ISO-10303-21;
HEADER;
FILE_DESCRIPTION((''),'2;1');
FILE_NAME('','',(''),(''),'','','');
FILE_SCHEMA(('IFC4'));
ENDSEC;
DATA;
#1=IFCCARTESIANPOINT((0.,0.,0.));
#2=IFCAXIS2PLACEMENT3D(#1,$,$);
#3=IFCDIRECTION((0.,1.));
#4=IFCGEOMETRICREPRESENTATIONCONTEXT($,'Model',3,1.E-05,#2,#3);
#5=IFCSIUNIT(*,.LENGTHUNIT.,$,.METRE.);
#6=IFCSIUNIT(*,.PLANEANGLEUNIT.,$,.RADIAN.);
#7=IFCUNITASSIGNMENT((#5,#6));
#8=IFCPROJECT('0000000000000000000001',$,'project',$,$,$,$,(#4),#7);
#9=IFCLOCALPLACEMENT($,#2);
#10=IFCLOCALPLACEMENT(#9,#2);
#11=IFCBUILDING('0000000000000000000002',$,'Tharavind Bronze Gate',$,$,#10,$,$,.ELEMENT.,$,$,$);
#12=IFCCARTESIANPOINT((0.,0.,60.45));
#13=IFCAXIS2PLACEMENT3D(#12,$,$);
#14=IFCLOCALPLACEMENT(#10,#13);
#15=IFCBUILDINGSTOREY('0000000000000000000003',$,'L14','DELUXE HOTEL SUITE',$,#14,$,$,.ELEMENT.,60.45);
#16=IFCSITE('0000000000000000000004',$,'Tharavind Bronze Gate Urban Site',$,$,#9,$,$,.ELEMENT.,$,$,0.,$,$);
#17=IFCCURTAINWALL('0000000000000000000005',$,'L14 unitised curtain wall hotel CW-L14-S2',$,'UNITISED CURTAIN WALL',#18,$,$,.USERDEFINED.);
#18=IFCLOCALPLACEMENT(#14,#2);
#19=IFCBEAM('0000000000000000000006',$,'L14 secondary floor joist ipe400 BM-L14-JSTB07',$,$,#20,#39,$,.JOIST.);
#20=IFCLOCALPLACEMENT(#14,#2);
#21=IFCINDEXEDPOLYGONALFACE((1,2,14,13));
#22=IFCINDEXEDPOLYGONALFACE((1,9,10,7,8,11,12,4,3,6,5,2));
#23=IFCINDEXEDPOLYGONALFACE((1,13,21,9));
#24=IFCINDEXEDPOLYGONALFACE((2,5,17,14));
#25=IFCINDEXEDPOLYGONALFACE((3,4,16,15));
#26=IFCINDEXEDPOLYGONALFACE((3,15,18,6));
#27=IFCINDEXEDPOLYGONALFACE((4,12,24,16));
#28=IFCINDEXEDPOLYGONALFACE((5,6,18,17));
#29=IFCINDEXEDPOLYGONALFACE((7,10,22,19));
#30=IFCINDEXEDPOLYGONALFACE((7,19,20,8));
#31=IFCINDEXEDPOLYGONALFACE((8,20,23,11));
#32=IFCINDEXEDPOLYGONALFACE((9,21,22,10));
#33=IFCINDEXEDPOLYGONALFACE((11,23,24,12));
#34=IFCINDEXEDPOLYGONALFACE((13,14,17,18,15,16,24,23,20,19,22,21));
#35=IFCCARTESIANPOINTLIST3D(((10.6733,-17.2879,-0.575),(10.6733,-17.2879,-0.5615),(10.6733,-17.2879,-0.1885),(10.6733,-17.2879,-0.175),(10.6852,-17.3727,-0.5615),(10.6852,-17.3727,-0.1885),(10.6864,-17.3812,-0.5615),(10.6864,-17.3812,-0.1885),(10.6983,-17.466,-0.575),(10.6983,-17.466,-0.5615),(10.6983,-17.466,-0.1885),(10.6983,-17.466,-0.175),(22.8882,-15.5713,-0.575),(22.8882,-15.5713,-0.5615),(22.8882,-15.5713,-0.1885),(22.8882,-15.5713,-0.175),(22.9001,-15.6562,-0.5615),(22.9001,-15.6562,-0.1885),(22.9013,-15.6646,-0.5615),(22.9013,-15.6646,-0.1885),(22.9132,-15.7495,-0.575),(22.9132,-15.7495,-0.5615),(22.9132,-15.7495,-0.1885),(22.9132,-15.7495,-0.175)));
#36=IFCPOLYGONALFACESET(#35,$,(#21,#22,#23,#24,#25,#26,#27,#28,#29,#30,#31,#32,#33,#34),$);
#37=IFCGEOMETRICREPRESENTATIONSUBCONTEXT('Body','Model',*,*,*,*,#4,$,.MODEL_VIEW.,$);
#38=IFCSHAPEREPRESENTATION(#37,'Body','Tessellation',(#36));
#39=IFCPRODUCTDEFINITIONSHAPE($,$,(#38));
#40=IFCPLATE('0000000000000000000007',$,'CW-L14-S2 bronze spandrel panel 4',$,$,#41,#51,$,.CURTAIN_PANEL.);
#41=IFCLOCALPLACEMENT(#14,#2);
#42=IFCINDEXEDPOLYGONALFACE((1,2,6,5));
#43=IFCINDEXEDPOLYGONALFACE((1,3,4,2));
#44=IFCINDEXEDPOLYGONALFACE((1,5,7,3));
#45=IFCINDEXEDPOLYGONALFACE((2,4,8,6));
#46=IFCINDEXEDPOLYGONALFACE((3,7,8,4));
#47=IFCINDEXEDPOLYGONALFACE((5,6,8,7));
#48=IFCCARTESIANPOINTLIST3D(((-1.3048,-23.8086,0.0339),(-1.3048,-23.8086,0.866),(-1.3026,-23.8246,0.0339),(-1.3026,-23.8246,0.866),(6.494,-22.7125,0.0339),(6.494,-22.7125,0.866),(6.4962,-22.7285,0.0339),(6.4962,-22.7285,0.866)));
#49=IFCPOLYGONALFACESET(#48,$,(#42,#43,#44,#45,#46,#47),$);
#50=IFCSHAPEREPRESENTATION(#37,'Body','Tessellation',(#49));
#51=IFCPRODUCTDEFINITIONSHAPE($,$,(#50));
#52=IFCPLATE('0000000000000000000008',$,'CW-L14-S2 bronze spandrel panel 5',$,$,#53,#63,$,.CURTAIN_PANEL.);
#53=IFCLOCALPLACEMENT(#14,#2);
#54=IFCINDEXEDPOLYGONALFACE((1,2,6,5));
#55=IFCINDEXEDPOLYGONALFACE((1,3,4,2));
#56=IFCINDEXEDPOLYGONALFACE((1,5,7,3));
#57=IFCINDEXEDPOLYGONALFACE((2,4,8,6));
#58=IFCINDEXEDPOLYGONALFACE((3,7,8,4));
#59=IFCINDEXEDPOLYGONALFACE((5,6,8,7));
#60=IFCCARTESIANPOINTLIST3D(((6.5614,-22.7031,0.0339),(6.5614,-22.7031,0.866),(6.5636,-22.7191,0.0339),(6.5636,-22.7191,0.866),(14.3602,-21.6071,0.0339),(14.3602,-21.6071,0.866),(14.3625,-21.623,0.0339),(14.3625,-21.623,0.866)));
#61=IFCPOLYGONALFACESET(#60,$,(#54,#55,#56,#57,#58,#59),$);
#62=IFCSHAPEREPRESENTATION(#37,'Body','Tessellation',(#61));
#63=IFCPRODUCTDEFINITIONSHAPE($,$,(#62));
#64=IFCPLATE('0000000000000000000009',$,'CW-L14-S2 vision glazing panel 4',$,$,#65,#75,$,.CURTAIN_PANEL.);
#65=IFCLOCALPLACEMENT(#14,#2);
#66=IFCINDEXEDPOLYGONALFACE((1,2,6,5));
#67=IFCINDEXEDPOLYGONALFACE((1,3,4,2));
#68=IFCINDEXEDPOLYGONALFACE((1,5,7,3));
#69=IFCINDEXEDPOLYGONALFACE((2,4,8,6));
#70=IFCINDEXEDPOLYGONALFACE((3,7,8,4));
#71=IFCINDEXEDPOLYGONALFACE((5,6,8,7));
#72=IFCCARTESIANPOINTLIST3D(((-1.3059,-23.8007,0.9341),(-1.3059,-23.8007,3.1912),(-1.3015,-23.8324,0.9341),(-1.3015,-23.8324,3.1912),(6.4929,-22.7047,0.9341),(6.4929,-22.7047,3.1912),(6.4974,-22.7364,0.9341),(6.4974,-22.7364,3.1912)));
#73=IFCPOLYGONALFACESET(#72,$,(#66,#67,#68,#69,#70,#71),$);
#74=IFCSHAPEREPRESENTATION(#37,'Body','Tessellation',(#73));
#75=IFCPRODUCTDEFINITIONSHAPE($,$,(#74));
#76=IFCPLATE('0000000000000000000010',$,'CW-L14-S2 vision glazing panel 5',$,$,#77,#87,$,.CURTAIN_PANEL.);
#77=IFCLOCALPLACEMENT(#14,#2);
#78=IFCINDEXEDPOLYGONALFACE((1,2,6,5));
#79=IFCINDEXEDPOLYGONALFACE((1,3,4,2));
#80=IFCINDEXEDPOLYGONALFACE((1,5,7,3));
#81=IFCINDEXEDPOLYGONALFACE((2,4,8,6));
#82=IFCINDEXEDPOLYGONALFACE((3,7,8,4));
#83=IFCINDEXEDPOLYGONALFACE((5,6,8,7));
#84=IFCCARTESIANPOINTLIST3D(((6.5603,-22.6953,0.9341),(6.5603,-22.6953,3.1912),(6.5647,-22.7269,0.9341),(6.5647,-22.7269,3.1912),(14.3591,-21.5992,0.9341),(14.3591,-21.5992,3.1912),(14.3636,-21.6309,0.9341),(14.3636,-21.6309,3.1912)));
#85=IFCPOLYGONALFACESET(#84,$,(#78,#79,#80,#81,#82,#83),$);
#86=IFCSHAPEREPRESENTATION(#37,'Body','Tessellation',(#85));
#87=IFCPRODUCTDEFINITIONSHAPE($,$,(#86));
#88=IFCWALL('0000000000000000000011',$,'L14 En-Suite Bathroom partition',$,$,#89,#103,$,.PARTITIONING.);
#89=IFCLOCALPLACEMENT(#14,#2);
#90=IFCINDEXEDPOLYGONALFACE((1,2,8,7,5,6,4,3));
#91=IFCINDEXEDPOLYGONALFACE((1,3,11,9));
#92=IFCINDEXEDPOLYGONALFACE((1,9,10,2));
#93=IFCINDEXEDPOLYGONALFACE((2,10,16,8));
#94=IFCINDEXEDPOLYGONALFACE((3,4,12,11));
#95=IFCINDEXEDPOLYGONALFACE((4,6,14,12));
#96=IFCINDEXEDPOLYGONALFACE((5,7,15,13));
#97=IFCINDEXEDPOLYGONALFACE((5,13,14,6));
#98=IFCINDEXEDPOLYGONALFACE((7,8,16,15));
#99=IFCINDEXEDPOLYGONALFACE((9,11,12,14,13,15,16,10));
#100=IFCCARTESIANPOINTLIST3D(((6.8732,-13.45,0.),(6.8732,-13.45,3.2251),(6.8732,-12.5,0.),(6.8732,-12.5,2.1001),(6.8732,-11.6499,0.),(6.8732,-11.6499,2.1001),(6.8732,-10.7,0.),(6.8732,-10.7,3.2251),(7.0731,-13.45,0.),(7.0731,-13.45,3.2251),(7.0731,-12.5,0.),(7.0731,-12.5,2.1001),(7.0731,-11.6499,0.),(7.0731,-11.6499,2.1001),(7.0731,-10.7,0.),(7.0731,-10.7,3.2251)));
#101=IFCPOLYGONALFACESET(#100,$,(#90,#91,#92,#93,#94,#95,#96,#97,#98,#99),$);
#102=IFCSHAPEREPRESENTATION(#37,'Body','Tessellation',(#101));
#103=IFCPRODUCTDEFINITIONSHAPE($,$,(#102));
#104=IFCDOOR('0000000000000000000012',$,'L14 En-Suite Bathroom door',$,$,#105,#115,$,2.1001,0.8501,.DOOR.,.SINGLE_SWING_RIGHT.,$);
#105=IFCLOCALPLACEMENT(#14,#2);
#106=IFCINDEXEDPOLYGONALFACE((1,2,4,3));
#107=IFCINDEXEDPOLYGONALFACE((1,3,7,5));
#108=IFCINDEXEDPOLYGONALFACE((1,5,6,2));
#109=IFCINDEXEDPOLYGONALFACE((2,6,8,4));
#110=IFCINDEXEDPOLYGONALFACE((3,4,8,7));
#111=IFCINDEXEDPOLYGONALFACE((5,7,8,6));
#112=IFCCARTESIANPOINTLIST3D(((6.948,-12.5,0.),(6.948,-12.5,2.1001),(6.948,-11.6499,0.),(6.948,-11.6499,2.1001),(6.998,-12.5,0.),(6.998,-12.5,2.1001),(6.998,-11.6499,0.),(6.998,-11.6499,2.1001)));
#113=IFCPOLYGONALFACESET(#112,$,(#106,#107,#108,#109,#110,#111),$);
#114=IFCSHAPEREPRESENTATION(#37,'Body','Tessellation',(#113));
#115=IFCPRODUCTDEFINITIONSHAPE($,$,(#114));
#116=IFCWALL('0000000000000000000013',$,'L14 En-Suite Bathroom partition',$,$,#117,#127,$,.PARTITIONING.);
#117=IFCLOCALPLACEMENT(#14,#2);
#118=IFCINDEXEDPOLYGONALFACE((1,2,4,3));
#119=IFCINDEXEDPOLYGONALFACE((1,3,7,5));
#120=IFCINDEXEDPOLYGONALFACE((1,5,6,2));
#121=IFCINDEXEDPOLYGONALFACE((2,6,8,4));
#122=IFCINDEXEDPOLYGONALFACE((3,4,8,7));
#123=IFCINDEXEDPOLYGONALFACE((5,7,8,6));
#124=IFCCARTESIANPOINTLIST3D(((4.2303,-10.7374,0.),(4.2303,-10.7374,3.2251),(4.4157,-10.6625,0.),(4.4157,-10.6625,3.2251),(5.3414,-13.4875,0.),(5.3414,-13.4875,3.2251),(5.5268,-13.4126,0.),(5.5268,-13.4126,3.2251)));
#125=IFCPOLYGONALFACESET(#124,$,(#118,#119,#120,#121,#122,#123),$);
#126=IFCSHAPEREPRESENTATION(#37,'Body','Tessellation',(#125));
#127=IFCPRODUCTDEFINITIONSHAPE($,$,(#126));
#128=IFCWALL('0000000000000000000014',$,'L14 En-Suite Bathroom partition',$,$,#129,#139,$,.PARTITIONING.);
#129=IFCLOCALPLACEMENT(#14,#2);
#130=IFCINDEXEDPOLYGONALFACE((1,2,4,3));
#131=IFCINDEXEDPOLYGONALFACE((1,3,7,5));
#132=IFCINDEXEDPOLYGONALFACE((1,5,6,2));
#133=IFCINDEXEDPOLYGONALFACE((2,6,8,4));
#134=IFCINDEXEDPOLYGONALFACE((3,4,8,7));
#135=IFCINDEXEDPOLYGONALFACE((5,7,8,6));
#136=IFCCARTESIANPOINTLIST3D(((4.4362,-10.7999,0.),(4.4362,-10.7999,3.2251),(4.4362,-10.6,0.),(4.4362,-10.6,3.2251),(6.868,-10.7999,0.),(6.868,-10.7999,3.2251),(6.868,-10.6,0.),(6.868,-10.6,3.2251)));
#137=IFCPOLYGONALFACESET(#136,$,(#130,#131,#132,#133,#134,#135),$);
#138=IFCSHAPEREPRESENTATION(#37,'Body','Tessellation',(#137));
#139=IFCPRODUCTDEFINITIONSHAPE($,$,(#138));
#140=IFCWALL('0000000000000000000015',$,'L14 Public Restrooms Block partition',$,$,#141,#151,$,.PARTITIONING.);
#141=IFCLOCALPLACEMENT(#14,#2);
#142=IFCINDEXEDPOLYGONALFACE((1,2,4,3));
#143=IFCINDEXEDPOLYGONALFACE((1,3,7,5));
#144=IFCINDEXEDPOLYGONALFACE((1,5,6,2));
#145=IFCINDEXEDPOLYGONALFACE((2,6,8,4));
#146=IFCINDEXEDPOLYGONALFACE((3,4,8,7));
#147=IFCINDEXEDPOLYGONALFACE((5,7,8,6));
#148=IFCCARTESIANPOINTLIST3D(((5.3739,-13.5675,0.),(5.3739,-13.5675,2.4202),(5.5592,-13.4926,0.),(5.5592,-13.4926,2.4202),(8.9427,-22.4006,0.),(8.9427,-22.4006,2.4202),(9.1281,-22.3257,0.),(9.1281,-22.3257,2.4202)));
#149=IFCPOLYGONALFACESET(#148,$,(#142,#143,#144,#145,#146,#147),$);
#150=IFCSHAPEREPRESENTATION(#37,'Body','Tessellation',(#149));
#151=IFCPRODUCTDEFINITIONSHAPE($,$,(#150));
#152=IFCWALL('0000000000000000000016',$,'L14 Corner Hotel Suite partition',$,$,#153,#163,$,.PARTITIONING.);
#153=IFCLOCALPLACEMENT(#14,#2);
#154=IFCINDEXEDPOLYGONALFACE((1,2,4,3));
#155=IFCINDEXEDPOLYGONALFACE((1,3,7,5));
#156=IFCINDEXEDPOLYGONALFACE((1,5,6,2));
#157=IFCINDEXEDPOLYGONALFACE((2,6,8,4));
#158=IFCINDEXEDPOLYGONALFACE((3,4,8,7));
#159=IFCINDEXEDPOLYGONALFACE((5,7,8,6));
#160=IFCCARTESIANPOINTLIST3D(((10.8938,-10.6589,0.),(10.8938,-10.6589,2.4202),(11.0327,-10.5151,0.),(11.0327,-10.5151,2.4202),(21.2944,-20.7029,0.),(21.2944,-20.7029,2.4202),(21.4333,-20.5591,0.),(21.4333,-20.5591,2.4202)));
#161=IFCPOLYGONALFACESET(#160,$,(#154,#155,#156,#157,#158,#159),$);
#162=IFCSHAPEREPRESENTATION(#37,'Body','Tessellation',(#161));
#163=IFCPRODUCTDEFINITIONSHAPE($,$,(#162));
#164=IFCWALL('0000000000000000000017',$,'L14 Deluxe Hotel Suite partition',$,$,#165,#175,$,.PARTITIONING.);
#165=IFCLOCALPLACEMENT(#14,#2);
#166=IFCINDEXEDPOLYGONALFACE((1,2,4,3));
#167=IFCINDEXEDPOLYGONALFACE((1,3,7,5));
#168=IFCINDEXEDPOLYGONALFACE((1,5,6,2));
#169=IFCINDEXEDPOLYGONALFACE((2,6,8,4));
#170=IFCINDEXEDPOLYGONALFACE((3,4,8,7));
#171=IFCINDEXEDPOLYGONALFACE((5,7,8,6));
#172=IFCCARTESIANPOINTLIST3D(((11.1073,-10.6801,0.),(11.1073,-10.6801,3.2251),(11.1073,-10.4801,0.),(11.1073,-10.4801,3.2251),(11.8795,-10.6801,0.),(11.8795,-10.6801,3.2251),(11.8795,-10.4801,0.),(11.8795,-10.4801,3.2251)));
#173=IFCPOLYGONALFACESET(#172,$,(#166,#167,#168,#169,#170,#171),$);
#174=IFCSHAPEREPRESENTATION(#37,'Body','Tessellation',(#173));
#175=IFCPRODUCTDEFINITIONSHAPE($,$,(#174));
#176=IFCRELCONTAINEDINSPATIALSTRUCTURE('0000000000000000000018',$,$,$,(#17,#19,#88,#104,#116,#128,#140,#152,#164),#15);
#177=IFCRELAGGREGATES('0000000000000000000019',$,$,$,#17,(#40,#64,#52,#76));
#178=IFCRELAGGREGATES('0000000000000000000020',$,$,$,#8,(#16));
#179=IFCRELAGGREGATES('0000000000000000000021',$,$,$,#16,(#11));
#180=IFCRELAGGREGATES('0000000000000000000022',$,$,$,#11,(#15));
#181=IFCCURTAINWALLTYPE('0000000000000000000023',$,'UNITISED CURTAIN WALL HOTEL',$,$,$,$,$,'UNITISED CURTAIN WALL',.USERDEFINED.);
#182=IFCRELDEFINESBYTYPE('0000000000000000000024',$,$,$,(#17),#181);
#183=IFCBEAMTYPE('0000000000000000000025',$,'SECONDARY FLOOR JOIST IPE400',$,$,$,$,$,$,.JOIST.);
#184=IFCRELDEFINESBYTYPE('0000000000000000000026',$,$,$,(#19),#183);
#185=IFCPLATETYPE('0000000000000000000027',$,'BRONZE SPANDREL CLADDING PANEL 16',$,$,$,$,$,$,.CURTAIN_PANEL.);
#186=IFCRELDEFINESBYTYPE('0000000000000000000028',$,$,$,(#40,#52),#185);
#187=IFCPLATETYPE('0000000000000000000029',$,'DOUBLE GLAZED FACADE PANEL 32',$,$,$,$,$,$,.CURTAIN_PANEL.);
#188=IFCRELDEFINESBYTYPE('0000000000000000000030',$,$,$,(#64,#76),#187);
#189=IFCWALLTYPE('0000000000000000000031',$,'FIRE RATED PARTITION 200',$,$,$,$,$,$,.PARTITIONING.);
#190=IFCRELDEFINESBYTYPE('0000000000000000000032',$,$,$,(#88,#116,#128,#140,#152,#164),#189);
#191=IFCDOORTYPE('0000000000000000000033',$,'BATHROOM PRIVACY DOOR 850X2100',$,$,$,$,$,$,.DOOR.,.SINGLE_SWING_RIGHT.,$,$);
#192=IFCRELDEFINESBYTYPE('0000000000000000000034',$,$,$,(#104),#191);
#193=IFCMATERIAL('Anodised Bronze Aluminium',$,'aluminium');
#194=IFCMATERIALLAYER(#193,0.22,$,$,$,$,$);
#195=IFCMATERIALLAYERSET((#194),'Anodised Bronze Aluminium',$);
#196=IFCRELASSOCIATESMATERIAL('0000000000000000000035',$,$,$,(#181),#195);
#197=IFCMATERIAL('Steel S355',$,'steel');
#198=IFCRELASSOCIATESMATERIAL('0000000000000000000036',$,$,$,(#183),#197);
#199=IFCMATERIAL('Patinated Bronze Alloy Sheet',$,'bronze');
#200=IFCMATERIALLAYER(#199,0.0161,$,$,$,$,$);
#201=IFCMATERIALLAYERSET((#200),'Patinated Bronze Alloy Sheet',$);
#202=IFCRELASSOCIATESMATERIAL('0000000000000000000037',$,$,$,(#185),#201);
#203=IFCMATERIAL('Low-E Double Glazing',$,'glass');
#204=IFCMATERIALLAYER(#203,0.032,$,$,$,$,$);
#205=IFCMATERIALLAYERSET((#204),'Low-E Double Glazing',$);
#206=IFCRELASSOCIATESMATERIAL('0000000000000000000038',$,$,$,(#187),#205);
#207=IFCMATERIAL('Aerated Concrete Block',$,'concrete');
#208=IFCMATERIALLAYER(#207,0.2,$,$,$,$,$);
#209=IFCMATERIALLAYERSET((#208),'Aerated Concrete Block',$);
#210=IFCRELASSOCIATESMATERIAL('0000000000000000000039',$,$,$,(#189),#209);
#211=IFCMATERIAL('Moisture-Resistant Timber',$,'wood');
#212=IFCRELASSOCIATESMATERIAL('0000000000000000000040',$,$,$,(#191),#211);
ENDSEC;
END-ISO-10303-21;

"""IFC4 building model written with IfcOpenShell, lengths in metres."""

from ifc_helpers import new_model, si_unit, direction, frame, frame_2d, origin, origin_2d, place, context, subcontext, project, spatial, rectangle, i_section, extrude, material, layer, layer_set, material_profile, profile_set, type_object, element, fill, aggregate, save


model = new_model("IFC4")

# Units and contexts
model_context = context("Model", 3, precision=1e-05, world=origin(), true_north=direction((0.0, 1.0)))
body_context = subcontext(model_context, "Body", "Model", "MODEL_VIEW")
ifc_project = project(units=[si_unit("LENGTHUNIT", "METRE"), si_unit("PLANEANGLEUNIT", "RADIAN")], contexts=[model_context])

# Site, building, storey
site_placement = place(None, origin())
site = spatial("IfcSite", under=ifc_project, at=site_placement, Name="Tharavind Bronze Gate Urban Site", CompositionType="ELEMENT", RefElevation=0.0)
building_placement = place(site_placement, origin())
building = spatial("IfcBuilding", under=site, at=building_placement, Name="Tharavind Bronze Gate", CompositionType="ELEMENT")
storey_placement = place(building_placement, frame((0.0, 0.0, 60.45)))
storey = spatial("IfcBuildingStorey", under=building, at=storey_placement, Name="L14", Description="DELUXE HOTEL SUITE", CompositionType="ELEMENT", Elevation=60.45)

# Curtain wall
ifc_material_1 = material(Name="Anodised Bronze Aluminium", Category="aluminium")
ifc_layer_1 = layer(ifc_material_1, 0.22)
ifc_layer_set_1 = layer_set([ifc_layer_1], Name="Anodised Bronze Aluminium")
curtain_wall_type = type_object("IfcCurtainWallType", Name="UNITISED CURTAIN WALL HOTEL", ElementType="UNITISED CURTAIN WALL", PredefinedType="USERDEFINED", material=ifc_layer_set_1)
curtain_wall_placement = place(storey_placement, origin())
curtain_wall = element("IfcCurtainWall", 1, at=curtain_wall_placement, inside=storey, type_object=curtain_wall_type, Name="L14 unitised curtain wall hotel CW-L14-S2", ObjectType="UNITISED CURTAIN WALL", PredefinedType="USERDEFINED")

# Beam
ifc_material_2 = material(Name="Steel S355", Category="steel")
ifc_material_profile_1 = material_profile(ifc_material_2, i_section(OverallWidth=0.1799, OverallDepth=0.3999, WebThickness=0.0085, FlangeThickness=0.0134, at=origin_2d()), Name="IPE400")
ifc_profile_set_1 = profile_set([ifc_material_profile_1], Name="Steel S355")
beam_type_1 = type_object("IfcBeamType", Name="SECONDARY FLOOR JOIST IPE400", PredefinedType="JOIST", material=ifc_profile_set_1)
beam_1_placement = place(storey_placement, frame((10.6858, -17.377, -0.375), z_axis=(0.99027, 0.139163, 0.0), x_axis=(-0.139163, 0.99027, 0.0)))
element("IfcBeam", 2, at=beam_1_placement, inside=storey, type_object=beam_type_1, Name="L14 secondary floor joist ipe400 BM-L14-JSTB07", PredefinedType="JOIST", context=body_context, shape_type="SweptSolid", body=[
    extrude(i_section(OverallWidth=0.1799, OverallDepth=0.3999, WebThickness=0.0085, FlangeThickness=0.0134, at=origin_2d()), origin(), (0.0, 0.0, 1.0), 12.335),
])

# Plates
ifc_material_3 = material(Name="Patinated Bronze Alloy Sheet", Category="bronze")
ifc_layer_2 = layer(ifc_material_3, 0.0161)
ifc_layer_set_2 = layer_set([ifc_layer_2], Name="Patinated Bronze Alloy Sheet")
plate_type_1 = type_object("IfcPlateType", Name="BRONZE SPANDREL CLADDING PANEL 16", PredefinedType="CURTAIN_PANEL", material=ifc_layer_set_2)
plate_1_placement = place(storey_placement, frame((2.5957, -23.2686, 0.0339), z_axis=(0.0, 0.0, 1.0), x_axis=(0.990268, 0.139173, 0.0)))
plate_1 = element("IfcPlate", 3, at=plate_1_placement, type_object=plate_type_1, Name="CW-L14-S2 bronze spandrel panel 4", PredefinedType="CURTAIN_PANEL", context=body_context, shape_type="SweptSolid", body=[
    extrude(rectangle(XDim=7.8755, YDim=0.0161, at=origin_2d()), origin(), (0.0, 0.0, 1.0), 0.832),
])
plate_2_placement = place(storey_placement, frame((10.4619, -22.1631, 0.0339), z_axis=(0.0, 0.0, 1.0), x_axis=(0.990268, 0.139173, 0.0)))
plate_2 = element("IfcPlate", 4, at=plate_2_placement, type_object=plate_type_1, Name="CW-L14-S2 bronze spandrel panel 5", PredefinedType="CURTAIN_PANEL", context=body_context, shape_type="SweptSolid", body=[
    extrude(rectangle(XDim=7.8755, YDim=0.0161, at=origin_2d()), origin(), (0.0, 0.0, 1.0), 0.832),
])
ifc_material_4 = material(Name="Low-E Double Glazing", Category="glass")
ifc_layer_3 = layer(ifc_material_4, 0.032)
ifc_layer_set_3 = layer_set([ifc_layer_3], Name="Low-E Double Glazing")
plate_type_2 = type_object("IfcPlateType", Name="DOUBLE GLAZED FACADE PANEL 32", PredefinedType="CURTAIN_PANEL", material=ifc_layer_set_3)
plate_3_placement = place(storey_placement, frame((2.5957, -23.2686, 0.9341), z_axis=(0.0, 0.0, 1.0), x_axis=(0.990268, 0.139173, 0.0)))
plate_3 = element("IfcPlate", 5, at=plate_3_placement, type_object=plate_type_2, Name="CW-L14-S2 vision glazing panel 4", PredefinedType="CURTAIN_PANEL", context=body_context, shape_type="SweptSolid", body=[
    extrude(rectangle(XDim=7.8755, YDim=0.032, at=origin_2d()), origin(), (0.0, 0.0, 1.0), 2.2571),
])
plate_4_placement = place(storey_placement, frame((10.4619, -22.1631, 0.9341), z_axis=(0.0, 0.0, 1.0), x_axis=(0.990268, 0.139173, 0.0)))
plate_4 = element("IfcPlate", 6, at=plate_4_placement, type_object=plate_type_2, Name="CW-L14-S2 vision glazing panel 5", PredefinedType="CURTAIN_PANEL", context=body_context, shape_type="SweptSolid", body=[
    extrude(rectangle(XDim=7.8755, YDim=0.032, at=origin_2d()), origin(), (0.0, 0.0, 1.0), 2.2571),
])
aggregate(curtain_wall, [plate_1, plate_3, plate_2, plate_4])

# Wall, opening, door
ifc_material_5 = material(Name="Aerated Concrete Block", Category="concrete")
ifc_layer_4 = layer(ifc_material_5, 0.2)
ifc_layer_set_4 = layer_set([ifc_layer_4], Name="Aerated Concrete Block")
wall_type_1 = type_object("IfcWallType", Name="FIRE RATED PARTITION 200", PredefinedType="PARTITIONING", material=ifc_layer_set_4)
wall_1_placement = place(storey_placement, frame((6.9731, -10.7, 0.0), z_axis=(0.0, 0.0, 1.0), x_axis=(0.0, -1.0, 0.0)))
wall_1 = element("IfcWall", 7, at=wall_1_placement, inside=storey, type_object=wall_type_1, Name="L14 En-Suite Bathroom partition", PredefinedType="PARTITIONING", context=body_context, shape_type="SweptSolid", body=[
    extrude(rectangle(XDim=2.75, YDim=0.2, at=frame_2d((1.375, 0.0))), origin(), (0.0, 0.0, 1.0), 3.2251),
])
opening_1_placement = place(wall_1_placement, frame((0.95, 0.0, 0.0)))
opening_1 = element("IfcOpeningElement", 8, at=opening_1_placement, cuts=wall_1, PredefinedType="OPENING", context=body_context, shape_type="SweptSolid", body=[
    extrude(rectangle(XDim=0.8501, YDim=2.1001, at=frame_2d((0.425, 1.05))), frame((0.0, 0.1101, 0.0), z_axis=(0.0, -1.0, 0.0), x_axis=(1.0, 0.0, 0.0)), (0.0, 0.0, 1.0), 0.22),
])
ifc_material_6 = material(Name="Moisture-Resistant Timber", Category="wood")
door_type_1 = type_object("IfcDoorType", Name="BATHROOM PRIVACY DOOR 850X2100", OperationType="SINGLE_SWING_RIGHT", PredefinedType="DOOR", material=ifc_material_6)
door_1_placement = place(opening_1_placement, origin())
door_1 = element("IfcDoor", 9, at=door_1_placement, inside=storey, type_object=door_type_1, Name="L14 En-Suite Bathroom door", OperationType="SINGLE_SWING_RIGHT", OverallHeight=2.1001, OverallWidth=0.8501, PredefinedType="DOOR", context=body_context, shape_type="SweptSolid", body=[
    extrude(rectangle(XDim=0.8501, YDim=2.1001, at=frame_2d((0.425, 1.05))), frame((0.0, 0.0249, 0.0), z_axis=(0.0, -1.0, 0.0), x_axis=(1.0, 0.0, 0.0)), (0.0, 0.0, 1.0), 0.05),
])
fill(opening_1, door_1)

# Walls
wall_2_placement = place(storey_placement, frame((5.4341, -13.45, 0.0), z_axis=(0.0, 0.0, 1.0), x_axis=(-0.37461, 0.927182, 0.0)))
element("IfcWall", 10, at=wall_2_placement, inside=storey, type_object=wall_type_1, Name="L14 En-Suite Bathroom partition", PredefinedType="PARTITIONING", context=body_context, shape_type="SweptSolid", body=[
    extrude(rectangle(XDim=2.9661, YDim=0.2, at=frame_2d((1.4829, 0.0))), origin(), (0.0, 0.0, 1.0), 3.2251),
])
wall_3_placement = place(storey_placement, frame((4.4363, -10.7, 0.0), z_axis=(0.0, 0.0, 1.0), x_axis=(1.0, 0.0, 0.0)))
element("IfcWall", 11, at=wall_3_placement, inside=storey, type_object=wall_type_1, Name="L14 En-Suite Bathroom partition", PredefinedType="PARTITIONING", context=body_context, shape_type="SweptSolid", body=[
    extrude(rectangle(XDim=2.4319, YDim=0.2, at=frame_2d((1.2158, 0.0))), origin(), (0.0, 0.0, 1.0), 3.2251),
])
wall_4_placement = place(storey_placement, frame((5.4666, -13.53, 0.0), z_axis=(0.0, 0.0, 1.0), x_axis=(0.374605, -0.927185, 0.0)))
element("IfcWall", 12, at=wall_4_placement, inside=storey, type_object=wall_type_1, Name="L14 Public Restrooms Block partition", PredefinedType="PARTITIONING", context=body_context, shape_type="SweptSolid", body=[
    extrude(rectangle(XDim=9.5269, YDim=0.2, at=frame_2d((4.7634, 0.0))), origin(), (0.0, 0.0, 1.0), 2.4202),
])

# Walls
wall_5_placement = place(storey_placement, frame((10.9631, -10.5869, 0.0), z_axis=(0.0, 0.0, 1.0), x_axis=(0.719334, -0.694664, 0.0)))
element("IfcWall", 13, at=wall_5_placement, inside=storey, type_object=wall_type_1, Name="L14 Corner Hotel Suite partition", PredefinedType="PARTITIONING", context=body_context, shape_type="SweptSolid", body=[
    extrude(rectangle(XDim=14.4587, YDim=0.2, at=frame_2d((7.2295, 0.0))), origin(), (0.0, 0.0, 1.0), 2.4202),
])
wall_6_placement = place(storey_placement, frame((11.1072, -10.5801, 0.0), z_axis=(0.0, 0.0, 1.0), x_axis=(1.0, 0.0, 0.0)))
element("IfcWall", 14, at=wall_6_placement, inside=storey, type_object=wall_type_1, Name="L14 Deluxe Hotel Suite partition", PredefinedType="PARTITIONING", context=body_context, shape_type="SweptSolid", body=[
    extrude(rectangle(XDim=0.7722, YDim=0.2, at=frame_2d((0.3862, 0.0))), origin(), (0.0, 0.0, 1.0), 3.2251),
])

save(model, "model.ifc")
